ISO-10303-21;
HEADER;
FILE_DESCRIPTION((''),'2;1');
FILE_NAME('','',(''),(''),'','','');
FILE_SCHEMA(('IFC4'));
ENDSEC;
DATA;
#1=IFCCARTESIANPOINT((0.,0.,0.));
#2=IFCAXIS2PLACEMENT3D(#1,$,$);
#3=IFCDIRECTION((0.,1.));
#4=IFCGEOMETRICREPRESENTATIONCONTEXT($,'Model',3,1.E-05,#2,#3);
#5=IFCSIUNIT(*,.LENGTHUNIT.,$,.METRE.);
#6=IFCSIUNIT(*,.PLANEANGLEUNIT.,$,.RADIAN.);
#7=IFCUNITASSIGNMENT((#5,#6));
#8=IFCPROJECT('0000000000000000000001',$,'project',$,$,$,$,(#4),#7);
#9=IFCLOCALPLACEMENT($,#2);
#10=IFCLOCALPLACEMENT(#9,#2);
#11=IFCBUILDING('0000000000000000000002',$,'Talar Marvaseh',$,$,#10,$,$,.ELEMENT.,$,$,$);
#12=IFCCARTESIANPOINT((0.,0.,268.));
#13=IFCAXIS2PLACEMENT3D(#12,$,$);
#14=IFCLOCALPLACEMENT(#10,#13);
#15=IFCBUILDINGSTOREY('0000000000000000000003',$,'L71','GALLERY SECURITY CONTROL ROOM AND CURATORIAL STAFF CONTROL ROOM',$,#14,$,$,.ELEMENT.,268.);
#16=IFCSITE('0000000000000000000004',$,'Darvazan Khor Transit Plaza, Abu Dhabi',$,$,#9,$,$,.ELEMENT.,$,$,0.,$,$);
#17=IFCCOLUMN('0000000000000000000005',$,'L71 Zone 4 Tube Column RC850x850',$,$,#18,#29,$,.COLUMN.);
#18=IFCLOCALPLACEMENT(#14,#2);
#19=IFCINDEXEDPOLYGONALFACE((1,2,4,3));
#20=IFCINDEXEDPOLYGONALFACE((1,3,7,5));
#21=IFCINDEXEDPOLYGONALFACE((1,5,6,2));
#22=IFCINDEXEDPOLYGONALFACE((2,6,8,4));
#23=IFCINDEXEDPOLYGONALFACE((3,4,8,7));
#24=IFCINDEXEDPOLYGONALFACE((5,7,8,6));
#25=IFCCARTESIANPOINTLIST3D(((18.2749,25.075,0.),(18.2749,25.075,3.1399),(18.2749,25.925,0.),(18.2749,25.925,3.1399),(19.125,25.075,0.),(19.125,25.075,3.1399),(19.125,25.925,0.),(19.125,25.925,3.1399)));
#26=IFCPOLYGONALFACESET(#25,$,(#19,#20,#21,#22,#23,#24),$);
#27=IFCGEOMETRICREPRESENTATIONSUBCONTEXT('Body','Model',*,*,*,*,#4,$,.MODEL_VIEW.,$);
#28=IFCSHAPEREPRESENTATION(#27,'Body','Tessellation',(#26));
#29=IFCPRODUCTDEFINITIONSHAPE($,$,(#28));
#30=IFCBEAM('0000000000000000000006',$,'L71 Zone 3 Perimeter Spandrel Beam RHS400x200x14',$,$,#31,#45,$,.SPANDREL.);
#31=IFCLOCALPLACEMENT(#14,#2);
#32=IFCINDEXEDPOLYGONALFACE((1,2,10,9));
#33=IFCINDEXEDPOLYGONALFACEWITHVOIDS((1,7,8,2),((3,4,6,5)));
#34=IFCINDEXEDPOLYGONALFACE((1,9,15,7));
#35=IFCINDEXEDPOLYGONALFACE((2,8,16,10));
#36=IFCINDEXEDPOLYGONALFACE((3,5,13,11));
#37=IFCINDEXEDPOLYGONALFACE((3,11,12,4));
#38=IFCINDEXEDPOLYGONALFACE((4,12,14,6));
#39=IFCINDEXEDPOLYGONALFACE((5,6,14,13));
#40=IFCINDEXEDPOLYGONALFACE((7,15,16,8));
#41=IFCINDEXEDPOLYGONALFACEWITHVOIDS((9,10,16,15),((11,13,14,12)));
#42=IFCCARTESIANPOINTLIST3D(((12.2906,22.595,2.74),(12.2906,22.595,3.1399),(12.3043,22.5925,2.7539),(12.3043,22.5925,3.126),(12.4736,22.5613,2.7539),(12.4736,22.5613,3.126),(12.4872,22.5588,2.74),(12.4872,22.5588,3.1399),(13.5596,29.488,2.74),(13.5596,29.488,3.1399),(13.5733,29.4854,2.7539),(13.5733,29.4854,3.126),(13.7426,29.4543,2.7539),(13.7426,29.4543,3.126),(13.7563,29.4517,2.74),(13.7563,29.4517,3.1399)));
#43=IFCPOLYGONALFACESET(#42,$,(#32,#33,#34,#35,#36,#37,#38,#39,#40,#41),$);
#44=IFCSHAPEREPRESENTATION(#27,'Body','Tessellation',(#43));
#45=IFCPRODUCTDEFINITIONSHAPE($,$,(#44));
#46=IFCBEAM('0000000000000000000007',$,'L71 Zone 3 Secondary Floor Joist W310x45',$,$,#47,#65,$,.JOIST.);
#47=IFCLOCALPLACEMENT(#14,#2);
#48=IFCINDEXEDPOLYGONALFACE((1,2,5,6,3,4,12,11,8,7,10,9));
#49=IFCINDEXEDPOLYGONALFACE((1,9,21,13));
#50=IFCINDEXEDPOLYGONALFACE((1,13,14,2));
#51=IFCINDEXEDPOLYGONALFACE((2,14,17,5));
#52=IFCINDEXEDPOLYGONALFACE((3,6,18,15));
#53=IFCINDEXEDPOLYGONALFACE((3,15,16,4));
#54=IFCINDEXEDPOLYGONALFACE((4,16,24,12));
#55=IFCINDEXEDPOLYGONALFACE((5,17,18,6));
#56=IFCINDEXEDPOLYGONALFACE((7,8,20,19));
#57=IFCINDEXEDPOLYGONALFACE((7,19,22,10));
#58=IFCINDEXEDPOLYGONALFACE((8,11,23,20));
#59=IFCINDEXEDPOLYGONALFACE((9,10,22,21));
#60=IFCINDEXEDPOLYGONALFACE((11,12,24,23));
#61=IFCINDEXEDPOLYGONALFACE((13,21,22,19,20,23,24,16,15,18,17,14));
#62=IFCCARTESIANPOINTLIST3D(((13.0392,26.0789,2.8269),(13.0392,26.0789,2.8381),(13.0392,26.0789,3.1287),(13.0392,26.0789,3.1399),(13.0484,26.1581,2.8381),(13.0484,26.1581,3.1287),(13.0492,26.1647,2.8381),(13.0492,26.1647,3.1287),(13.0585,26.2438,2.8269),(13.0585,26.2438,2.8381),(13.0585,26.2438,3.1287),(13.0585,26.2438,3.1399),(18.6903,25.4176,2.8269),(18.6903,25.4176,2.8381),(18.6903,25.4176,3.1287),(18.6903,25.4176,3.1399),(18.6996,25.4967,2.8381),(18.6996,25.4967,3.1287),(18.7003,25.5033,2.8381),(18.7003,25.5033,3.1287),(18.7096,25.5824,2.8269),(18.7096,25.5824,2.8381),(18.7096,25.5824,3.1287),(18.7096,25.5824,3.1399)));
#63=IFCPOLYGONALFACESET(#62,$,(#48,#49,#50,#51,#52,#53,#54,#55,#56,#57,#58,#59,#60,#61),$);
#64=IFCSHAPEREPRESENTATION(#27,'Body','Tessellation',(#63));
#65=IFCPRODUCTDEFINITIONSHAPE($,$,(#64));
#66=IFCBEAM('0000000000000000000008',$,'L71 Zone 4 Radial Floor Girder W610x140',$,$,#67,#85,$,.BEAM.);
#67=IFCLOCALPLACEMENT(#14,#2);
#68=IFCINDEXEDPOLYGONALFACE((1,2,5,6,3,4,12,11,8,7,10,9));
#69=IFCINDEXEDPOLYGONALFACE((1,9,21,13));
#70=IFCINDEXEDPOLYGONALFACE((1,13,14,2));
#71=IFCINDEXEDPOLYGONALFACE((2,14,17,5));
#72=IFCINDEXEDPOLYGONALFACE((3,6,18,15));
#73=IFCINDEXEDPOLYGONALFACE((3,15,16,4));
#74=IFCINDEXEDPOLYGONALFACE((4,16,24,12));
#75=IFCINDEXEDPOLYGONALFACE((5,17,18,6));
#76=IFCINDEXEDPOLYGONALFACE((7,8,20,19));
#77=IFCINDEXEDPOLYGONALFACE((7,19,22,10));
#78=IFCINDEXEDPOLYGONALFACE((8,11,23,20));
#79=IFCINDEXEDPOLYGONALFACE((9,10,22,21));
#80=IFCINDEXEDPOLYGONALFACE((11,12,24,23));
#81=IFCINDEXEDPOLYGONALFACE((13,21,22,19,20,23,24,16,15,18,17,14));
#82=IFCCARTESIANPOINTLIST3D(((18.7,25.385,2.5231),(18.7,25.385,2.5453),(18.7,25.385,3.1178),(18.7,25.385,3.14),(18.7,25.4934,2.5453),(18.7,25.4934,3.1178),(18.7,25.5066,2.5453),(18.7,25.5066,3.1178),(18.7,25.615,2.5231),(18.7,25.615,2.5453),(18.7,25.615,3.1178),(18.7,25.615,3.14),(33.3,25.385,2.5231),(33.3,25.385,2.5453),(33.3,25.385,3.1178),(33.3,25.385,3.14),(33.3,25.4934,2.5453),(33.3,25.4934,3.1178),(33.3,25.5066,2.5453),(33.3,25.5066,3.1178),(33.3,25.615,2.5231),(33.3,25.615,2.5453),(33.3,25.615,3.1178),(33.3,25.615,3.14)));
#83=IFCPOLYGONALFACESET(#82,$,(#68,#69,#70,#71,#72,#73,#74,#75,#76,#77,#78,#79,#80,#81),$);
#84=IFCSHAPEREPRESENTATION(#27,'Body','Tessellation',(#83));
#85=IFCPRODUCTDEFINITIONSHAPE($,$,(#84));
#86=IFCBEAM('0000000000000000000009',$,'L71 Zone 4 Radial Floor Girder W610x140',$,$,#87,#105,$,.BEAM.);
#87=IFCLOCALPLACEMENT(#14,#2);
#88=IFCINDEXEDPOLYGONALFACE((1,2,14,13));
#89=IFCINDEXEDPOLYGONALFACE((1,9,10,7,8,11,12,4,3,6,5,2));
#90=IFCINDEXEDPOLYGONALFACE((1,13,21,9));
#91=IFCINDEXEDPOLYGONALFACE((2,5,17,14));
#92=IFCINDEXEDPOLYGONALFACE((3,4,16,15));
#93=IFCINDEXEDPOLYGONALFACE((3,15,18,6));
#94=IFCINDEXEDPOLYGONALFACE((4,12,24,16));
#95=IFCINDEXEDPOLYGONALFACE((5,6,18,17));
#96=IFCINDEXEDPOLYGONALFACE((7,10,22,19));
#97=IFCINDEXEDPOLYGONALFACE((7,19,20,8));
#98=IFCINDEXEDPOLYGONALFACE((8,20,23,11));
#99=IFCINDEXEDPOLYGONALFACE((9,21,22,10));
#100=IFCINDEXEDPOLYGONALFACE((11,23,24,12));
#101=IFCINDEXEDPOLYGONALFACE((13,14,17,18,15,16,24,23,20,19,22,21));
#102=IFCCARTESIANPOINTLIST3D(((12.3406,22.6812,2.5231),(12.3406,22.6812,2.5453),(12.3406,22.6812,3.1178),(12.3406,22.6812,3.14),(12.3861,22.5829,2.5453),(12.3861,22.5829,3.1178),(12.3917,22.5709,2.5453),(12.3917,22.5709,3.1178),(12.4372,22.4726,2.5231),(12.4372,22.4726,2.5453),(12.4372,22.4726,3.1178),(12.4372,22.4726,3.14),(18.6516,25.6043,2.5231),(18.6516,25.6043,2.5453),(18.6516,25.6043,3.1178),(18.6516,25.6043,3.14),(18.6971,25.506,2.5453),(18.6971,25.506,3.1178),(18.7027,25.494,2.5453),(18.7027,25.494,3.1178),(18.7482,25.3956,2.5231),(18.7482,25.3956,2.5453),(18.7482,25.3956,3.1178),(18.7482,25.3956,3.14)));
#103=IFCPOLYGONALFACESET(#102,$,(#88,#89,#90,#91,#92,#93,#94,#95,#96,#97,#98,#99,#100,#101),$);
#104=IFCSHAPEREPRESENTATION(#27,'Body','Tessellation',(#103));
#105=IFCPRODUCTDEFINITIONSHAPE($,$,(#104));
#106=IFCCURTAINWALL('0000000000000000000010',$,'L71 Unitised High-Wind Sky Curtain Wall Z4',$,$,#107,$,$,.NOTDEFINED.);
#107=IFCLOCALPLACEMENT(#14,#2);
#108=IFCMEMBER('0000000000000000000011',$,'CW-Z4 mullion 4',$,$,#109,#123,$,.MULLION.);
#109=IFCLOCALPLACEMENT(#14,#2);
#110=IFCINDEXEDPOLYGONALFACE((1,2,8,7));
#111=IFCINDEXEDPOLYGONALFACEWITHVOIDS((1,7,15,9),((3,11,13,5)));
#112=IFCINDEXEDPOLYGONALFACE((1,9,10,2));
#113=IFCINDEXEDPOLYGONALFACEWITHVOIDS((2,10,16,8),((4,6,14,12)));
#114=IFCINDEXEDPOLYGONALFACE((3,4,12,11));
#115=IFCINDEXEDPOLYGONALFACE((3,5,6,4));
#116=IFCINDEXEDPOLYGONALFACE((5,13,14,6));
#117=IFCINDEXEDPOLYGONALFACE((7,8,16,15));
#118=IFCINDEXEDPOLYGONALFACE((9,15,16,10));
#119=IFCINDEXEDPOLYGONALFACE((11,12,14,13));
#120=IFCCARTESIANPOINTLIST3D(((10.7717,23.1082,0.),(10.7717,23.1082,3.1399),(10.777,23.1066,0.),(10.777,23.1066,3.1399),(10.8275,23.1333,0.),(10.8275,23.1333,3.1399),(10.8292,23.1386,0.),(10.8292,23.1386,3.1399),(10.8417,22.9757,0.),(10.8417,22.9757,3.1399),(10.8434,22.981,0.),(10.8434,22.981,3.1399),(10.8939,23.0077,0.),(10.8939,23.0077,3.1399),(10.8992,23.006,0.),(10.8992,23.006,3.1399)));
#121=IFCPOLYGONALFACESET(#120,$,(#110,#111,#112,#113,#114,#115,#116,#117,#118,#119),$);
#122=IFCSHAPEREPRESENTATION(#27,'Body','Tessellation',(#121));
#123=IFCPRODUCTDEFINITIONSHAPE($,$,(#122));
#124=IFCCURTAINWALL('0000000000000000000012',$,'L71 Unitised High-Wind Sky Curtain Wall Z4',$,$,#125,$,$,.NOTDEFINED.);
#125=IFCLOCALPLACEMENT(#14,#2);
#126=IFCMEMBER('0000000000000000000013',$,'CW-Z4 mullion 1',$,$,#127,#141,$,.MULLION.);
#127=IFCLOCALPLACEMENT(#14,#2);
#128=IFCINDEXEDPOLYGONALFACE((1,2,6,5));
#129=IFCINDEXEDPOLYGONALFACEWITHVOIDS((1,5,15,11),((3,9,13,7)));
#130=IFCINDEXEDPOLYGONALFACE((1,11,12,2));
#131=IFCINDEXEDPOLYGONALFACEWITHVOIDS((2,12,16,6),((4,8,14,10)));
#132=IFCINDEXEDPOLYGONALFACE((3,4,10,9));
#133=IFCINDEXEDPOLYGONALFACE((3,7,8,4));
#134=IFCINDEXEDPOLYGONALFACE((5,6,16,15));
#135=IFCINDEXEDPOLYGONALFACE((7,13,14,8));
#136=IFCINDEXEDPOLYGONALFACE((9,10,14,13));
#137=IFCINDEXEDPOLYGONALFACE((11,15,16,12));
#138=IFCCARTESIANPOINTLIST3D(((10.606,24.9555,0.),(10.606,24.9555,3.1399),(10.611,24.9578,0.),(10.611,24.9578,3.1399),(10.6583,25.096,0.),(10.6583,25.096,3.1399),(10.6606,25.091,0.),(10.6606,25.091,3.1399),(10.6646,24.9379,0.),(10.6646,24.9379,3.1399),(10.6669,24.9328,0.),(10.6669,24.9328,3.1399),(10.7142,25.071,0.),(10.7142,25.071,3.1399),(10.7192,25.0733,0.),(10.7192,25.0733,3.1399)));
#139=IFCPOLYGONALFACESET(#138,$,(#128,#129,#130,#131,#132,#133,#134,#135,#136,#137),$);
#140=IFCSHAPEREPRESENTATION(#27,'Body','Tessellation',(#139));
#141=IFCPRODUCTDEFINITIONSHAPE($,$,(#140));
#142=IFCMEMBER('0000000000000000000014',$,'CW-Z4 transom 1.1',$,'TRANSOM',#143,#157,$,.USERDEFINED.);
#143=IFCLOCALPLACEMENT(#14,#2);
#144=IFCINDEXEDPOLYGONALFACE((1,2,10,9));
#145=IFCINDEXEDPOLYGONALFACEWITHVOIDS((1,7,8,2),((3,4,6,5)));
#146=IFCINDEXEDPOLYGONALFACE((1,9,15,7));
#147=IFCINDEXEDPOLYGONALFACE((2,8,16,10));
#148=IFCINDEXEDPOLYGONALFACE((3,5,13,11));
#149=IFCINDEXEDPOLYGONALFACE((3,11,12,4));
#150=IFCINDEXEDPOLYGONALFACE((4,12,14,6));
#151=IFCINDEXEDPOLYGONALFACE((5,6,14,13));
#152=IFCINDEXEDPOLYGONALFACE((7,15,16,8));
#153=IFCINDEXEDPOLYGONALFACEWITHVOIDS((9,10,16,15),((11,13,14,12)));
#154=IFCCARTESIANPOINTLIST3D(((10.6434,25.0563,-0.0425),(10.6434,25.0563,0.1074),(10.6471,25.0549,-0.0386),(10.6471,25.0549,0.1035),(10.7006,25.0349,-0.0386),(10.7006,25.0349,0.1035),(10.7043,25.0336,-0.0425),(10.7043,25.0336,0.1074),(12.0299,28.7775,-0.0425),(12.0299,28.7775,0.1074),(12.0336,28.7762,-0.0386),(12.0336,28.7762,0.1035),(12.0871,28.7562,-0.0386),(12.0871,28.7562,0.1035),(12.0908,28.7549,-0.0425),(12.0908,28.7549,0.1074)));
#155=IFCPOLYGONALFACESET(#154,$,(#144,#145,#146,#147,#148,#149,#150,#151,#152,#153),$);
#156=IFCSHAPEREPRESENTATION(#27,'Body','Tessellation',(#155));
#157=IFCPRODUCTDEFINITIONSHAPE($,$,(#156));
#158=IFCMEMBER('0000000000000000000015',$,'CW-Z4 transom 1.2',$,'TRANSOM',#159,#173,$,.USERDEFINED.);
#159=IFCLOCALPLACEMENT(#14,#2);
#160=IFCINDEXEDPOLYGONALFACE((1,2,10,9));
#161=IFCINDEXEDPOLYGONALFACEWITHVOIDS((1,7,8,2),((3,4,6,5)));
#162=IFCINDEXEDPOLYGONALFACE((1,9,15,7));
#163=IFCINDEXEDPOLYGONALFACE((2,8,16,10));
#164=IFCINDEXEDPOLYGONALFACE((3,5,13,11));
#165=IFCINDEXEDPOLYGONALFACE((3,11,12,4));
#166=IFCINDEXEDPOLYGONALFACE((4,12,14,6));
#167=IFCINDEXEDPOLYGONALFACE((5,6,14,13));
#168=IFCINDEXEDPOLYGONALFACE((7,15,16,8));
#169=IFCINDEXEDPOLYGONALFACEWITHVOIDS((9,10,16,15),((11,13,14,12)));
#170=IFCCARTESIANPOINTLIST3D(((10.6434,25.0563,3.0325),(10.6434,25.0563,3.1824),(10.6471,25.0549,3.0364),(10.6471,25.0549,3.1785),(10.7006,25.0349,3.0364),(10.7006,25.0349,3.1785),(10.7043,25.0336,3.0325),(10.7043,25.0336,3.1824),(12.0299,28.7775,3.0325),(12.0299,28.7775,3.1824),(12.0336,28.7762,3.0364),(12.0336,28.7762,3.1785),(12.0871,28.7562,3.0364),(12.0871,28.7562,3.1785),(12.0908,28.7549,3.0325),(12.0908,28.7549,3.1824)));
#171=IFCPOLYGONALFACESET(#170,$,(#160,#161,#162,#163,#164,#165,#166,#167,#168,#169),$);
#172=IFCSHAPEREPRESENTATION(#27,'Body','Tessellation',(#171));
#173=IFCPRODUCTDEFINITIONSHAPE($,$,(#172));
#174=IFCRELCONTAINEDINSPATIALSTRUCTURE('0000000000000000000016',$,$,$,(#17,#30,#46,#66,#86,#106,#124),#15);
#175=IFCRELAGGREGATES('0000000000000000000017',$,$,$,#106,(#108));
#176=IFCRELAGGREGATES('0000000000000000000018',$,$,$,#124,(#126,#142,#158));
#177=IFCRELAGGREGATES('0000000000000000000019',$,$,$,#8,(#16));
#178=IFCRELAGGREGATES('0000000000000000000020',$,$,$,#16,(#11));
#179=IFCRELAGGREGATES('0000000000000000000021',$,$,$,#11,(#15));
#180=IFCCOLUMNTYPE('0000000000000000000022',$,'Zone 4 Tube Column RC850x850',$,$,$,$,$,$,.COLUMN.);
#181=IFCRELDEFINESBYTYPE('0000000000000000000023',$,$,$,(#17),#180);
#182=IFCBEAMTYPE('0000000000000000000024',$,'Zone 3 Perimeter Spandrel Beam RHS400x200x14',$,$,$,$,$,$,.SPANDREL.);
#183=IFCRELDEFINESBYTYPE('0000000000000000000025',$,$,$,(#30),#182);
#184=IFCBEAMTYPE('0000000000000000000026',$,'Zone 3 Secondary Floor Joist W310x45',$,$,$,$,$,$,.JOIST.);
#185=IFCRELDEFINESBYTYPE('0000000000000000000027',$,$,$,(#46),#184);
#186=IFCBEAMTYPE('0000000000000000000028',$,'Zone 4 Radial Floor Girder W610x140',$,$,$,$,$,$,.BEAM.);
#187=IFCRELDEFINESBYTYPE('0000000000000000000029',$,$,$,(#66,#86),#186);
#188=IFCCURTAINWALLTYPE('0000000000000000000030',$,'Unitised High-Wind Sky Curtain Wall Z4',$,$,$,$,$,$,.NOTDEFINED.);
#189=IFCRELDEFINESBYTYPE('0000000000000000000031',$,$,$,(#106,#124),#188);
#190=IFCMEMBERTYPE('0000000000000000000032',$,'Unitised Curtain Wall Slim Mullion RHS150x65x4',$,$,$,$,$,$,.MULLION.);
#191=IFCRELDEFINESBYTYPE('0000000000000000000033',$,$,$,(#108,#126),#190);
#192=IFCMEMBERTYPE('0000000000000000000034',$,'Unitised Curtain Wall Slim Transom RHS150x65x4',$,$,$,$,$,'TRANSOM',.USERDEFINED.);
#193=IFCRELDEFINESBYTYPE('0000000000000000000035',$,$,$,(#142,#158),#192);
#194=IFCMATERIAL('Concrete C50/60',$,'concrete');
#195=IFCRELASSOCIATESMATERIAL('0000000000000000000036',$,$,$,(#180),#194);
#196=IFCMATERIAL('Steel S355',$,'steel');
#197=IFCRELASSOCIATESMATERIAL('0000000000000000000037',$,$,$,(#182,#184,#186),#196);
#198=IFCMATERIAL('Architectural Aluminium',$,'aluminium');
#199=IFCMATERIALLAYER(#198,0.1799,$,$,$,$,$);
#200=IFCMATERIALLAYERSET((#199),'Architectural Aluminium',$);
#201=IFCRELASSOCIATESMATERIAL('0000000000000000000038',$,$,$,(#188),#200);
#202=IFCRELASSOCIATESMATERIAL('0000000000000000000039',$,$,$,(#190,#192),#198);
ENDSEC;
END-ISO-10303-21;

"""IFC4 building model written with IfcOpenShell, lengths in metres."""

from ifc_helpers import new_model, si_unit, direction, frame, origin, origin_2d, place, context, subcontext, project, spatial, rectangle, hollow_rectangle, i_section, extrude, source, transform, mapped, material, layer, layer_set, material_profile, profile_set, type_object, type_shapes, element, aggregate, save


model = new_model("IFC4")

# Units and contexts
model_context = context("Model", 3, precision=1e-05, world=origin(), true_north=direction((0.0, 1.0)))
body_context = subcontext(model_context, "Body", "Model", "MODEL_VIEW")
ifc_project = project(units=[si_unit("LENGTHUNIT", "METRE"), si_unit("PLANEANGLEUNIT", "RADIAN")], contexts=[model_context])

# Site, building, storey
site_placement = place(None, origin())
site = spatial("IfcSite", under=ifc_project, at=site_placement, Name="Darvazan Khor Transit Plaza, Abu Dhabi", CompositionType="ELEMENT", RefElevation=0.0)
building_placement = place(site_placement, origin())
building = spatial("IfcBuilding", under=site, at=building_placement, Name="Talar Marvaseh", CompositionType="ELEMENT")
storey_placement = place(building_placement, frame((0.0, 0.0, 268.0)))
storey = spatial("IfcBuildingStorey", under=building, at=storey_placement, Name="L71", Description="GALLERY SECURITY CONTROL ROOM AND CURATORIAL STAFF CONTROL ROOM", CompositionType="ELEMENT", Elevation=268.0)

# Column
ifc_material_1 = material(Name="Concrete C50/60", Category="concrete")
ifc_material_profile_1 = material_profile(ifc_material_1, rectangle(XDim=0.8501, YDim=0.8501, at=origin_2d()), Name="RC850x850")
ifc_profile_set_1 = profile_set([ifc_material_profile_1], Name="Concrete C50/60")
column_type = type_object("IfcColumnType", Name="Zone 4 Tube Column RC850x850", PredefinedType="COLUMN", material=ifc_profile_set_1)
column_placement = place(storey_placement, frame((18.7, 25.5, 0.0), z_axis=(0.0, 0.0, 1.0), x_axis=(1.0, 0.0, 0.0)))
element("IfcColumn", 1, at=column_placement, inside=storey, type_object=column_type, Name="L71 Zone 4 Tube Column RC850x850", PredefinedType="COLUMN", context=body_context, shape_type="SweptSolid", body=[
    extrude(rectangle(XDim=0.8501, YDim=0.8501, at=origin_2d()), origin(), (0.0, 0.0, 1.0), 3.1399),
])

# Beams
ifc_material_2 = material(Name="Steel S355", Category="steel")
ifc_material_profile_2 = material_profile(ifc_material_2, hollow_rectangle(XDim=0.2, YDim=0.3999, WallThickness=0.0139, at=origin_2d()), Name="RHS400x200x14")
ifc_profile_set_2 = profile_set([ifc_material_profile_2], Name="Steel S355")
beam_type_1 = type_object("IfcBeamType", Name="Zone 3 Perimeter Spandrel Beam RHS400x200x14", PredefinedType="SPANDREL", material=ifc_profile_set_2)
beam_1_placement = place(storey_placement, frame((12.3889, 22.5769, 2.9399), z_axis=(0.181061, 0.983472, 0.0), x_axis=(-0.983472, 0.181061, 0.0)))
element("IfcBeam", 2, at=beam_1_placement, inside=storey, type_object=beam_type_1, Name="L71 Zone 3 Perimeter Spandrel Beam RHS400x200x14", PredefinedType="SPANDREL", context=body_context, shape_type="SweptSolid", body=[
    extrude(hollow_rectangle(XDim=0.2, YDim=0.3999, WallThickness=0.0139, at=origin_2d()), origin(), (0.0, 0.0, 1.0), 7.0088),
])
ifc_material_profile_3 = material_profile(ifc_material_2, i_section(OverallWidth=0.166, OverallDepth=0.313, WebThickness=0.0066, FlangeThickness=0.0112, at=origin_2d()), Name="W310x45")
ifc_profile_set_3 = profile_set([ifc_material_profile_3], Name="Steel S355")
beam_type_2 = type_object("IfcBeamType", Name="Zone 3 Secondary Floor Joist W310x45", PredefinedType="JOIST", material=ifc_profile_set_3)
beam_2_placement = place(storey_placement, frame((13.0488, 26.1614, 2.9834), z_axis=(0.993221, -0.116241, 0.0), x_axis=(0.116241, 0.993221, 0.0)))
element("IfcBeam", 3, at=beam_2_placement, inside=storey, type_object=beam_type_2, Name="L71 Zone 3 Secondary Floor Joist W310x45", PredefinedType="JOIST", context=body_context, shape_type="SweptSolid", body=[
    extrude(i_section(OverallWidth=0.166, OverallDepth=0.313, WebThickness=0.0066, FlangeThickness=0.0112, at=origin_2d()), origin(), (0.0, 0.0, 1.0), 5.6897),
])
ifc_material_profile_4 = material_profile(ifc_material_2, i_section(OverallWidth=0.23, OverallDepth=0.6169, WebThickness=0.0132, FlangeThickness=0.0222, at=origin_2d()), Name="W610x140")
ifc_profile_set_4 = profile_set([ifc_material_profile_4], Name="Steel S355")
beam_type_3 = type_object("IfcBeamType", Name="Zone 4 Radial Floor Girder W610x140", PredefinedType="BEAM", material=ifc_profile_set_4)
beam_3_placement = place(storey_placement, frame((18.7, 25.5, 2.8315), z_axis=(1.0, 0.0, 0.0), x_axis=(0.0, 1.0, 0.0)))
element("IfcBeam", 4, at=beam_3_placement, inside=storey, type_object=beam_type_3, Name="L71 Zone 4 Radial Floor Girder W610x140", PredefinedType="BEAM", context=body_context, shape_type="SweptSolid", body=[
    extrude(i_section(OverallWidth=0.23, OverallDepth=0.6169, WebThickness=0.0132, FlangeThickness=0.0222, at=origin_2d()), origin(), (0.0, 0.0, 1.0), 14.6001),
])
beam_4_placement = place(storey_placement, frame((12.3889, 22.5769, 2.8315), z_axis=(0.907395, 0.42028, 0.0), x_axis=(-0.42028, 0.907395, 0.0)))
element("IfcBeam", 5, at=beam_4_placement, inside=storey, type_object=beam_type_3, Name="L71 Zone 4 Radial Floor Girder W610x140", PredefinedType="BEAM", context=body_context, shape_type="SweptSolid", body=[
    extrude(i_section(OverallWidth=0.23, OverallDepth=0.6169, WebThickness=0.0132, FlangeThickness=0.0222, at=origin_2d()), origin(), (0.0, 0.0, 1.0), 6.9551),
])

# Curtain wall, member
ifc_material_3 = material(Name="Architectural Aluminium", Category="aluminium")
ifc_layer_1 = layer(ifc_material_3, 0.1799)
ifc_layer_set_1 = layer_set([ifc_layer_1], Name="Architectural Aluminium")
curtain_wall_type = type_object("IfcCurtainWallType", Name="Unitised High-Wind Sky Curtain Wall Z4", PredefinedType="NOTDEFINED", material=ifc_layer_set_1)
curtain_wall_1_placement = place(storey_placement, origin())
curtain_wall_1 = element("IfcCurtainWall", 6, at=curtain_wall_1_placement, inside=storey, type_object=curtain_wall_type, Name="L71 Unitised High-Wind Sky Curtain Wall Z4", PredefinedType="NOTDEFINED")
ifc_material_profile_5 = material_profile(ifc_material_3, hollow_rectangle(XDim=0.0649, YDim=0.1499, WallThickness=0.0039, at=origin_2d()), Name="RHS150x65x4")
ifc_profile_set_5 = profile_set([ifc_material_profile_5], Name="Architectural Aluminium")
member_type_1 = type_object("IfcMemberType", Name="Unitised Curtain Wall Slim Mullion RHS150x65x4", PredefinedType="MULLION", material=ifc_profile_set_5)
shared_shape_1 = source(origin(), body_context, "Body", "SweptSolid", [
    extrude(hollow_rectangle(XDim=0.0649, YDim=0.1499, WallThickness=0.0039, at=origin_2d()), origin(), (0.0, 0.0, 1.0), 3.1399),
])
type_shapes(member_type_1, [shared_shape_1])
member_1_placement = place(storey_placement, frame((10.8354, 23.0571, 0.0), z_axis=(0.0, 0.0, 1.0), x_axis=(-0.884206, -0.467098, 0.0)))
member_1 = element("IfcMember", 7, at=member_1_placement, type_object=member_type_1, Name="CW-Z4 mullion 4", PredefinedType="MULLION", context=body_context, shape_type="MappedRepresentation", body=[
    mapped(shared_shape_1, transform((0.0, 0.0, 0.0), x_axis=(1.0, 0.0, 0.0), y_axis=(0.0, 1.0, 0.0), z_axis=(0.0, 0.0, 1.0), scale=1.0)),
])
aggregate(curtain_wall_1, [member_1])

# Curtain wall, members
curtain_wall_2_placement = place(storey_placement, origin())
curtain_wall_2 = element("IfcCurtainWall", 8, at=curtain_wall_2_placement, inside=storey, type_object=curtain_wall_type, Name="L71 Unitised High-Wind Sky Curtain Wall Z4", PredefinedType="NOTDEFINED")
member_2_placement = place(storey_placement, frame((10.6626, 25.0144, 0.0), z_axis=(0.0, 0.0, 1.0), x_axis=(-0.937088, 0.349094, 0.0)))
member_2 = element("IfcMember", 9, at=member_2_placement, type_object=member_type_1, Name="CW-Z4 mullion 1", PredefinedType="MULLION", context=body_context, shape_type="MappedRepresentation", body=[
    mapped(shared_shape_1, transform((0.0, 0.0, 0.0), x_axis=(1.0, 0.0, 0.0), y_axis=(0.0, 1.0, 0.0), z_axis=(0.0, 0.0, 1.0), scale=1.0)),
])
ifc_material_profile_6 = material_profile(ifc_material_3, hollow_rectangle(XDim=0.0649, YDim=0.1499, WallThickness=0.0039, at=origin_2d()), Name="RHS150x65x4")
ifc_profile_set_6 = profile_set([ifc_material_profile_6], Name="Architectural Aluminium")
member_type_2 = type_object("IfcMemberType", Name="Unitised Curtain Wall Slim Transom RHS150x65x4", ElementType="TRANSOM", PredefinedType="USERDEFINED", material=ifc_profile_set_6)
shared_shape_2 = source(origin(), body_context, "Body", "SweptSolid", [
    extrude(hollow_rectangle(XDim=0.0649, YDim=0.1499, WallThickness=0.0039, at=origin_2d()), origin(), (0.0, 0.0, 1.0), 3.9712),
])
type_shapes(member_type_2, [shared_shape_2])
member_3_placement = place(storey_placement, frame((10.6738, 25.0449, 0.0325), z_axis=(0.349142, 0.93707, 0.0), x_axis=(-0.93707, 0.349142, 0.0)))
member_3 = element("IfcMember", 10, at=member_3_placement, type_object=member_type_2, Name="CW-Z4 transom 1.1", ObjectType="TRANSOM", PredefinedType="USERDEFINED", context=body_context, shape_type="MappedRepresentation", body=[
    mapped(shared_shape_2, transform((0.0, 0.0, 0.0), x_axis=(1.0, 0.0, 0.0), y_axis=(0.0, 1.0, 0.0), z_axis=(0.0, 0.0, 1.0), scale=1.0)),
])
member_4_placement = place(storey_placement, frame((10.6738, 25.0449, 3.1074), z_axis=(0.349142, 0.93707, 0.0), x_axis=(-0.93707, 0.349142, 0.0)))
member_4 = element("IfcMember", 11, at=member_4_placement, type_object=member_type_2, Name="CW-Z4 transom 1.2", ObjectType="TRANSOM", PredefinedType="USERDEFINED", context=body_context, shape_type="MappedRepresentation", body=[
    mapped(shared_shape_2, transform((0.0, 0.0, 0.0), x_axis=(1.0, 0.0, 0.0), y_axis=(0.0, 1.0, 0.0), z_axis=(0.0, 0.0, 1.0), scale=1.0)),
])
aggregate(curtain_wall_2, [member_2, member_3, member_4])

save(model, "model.ifc")
